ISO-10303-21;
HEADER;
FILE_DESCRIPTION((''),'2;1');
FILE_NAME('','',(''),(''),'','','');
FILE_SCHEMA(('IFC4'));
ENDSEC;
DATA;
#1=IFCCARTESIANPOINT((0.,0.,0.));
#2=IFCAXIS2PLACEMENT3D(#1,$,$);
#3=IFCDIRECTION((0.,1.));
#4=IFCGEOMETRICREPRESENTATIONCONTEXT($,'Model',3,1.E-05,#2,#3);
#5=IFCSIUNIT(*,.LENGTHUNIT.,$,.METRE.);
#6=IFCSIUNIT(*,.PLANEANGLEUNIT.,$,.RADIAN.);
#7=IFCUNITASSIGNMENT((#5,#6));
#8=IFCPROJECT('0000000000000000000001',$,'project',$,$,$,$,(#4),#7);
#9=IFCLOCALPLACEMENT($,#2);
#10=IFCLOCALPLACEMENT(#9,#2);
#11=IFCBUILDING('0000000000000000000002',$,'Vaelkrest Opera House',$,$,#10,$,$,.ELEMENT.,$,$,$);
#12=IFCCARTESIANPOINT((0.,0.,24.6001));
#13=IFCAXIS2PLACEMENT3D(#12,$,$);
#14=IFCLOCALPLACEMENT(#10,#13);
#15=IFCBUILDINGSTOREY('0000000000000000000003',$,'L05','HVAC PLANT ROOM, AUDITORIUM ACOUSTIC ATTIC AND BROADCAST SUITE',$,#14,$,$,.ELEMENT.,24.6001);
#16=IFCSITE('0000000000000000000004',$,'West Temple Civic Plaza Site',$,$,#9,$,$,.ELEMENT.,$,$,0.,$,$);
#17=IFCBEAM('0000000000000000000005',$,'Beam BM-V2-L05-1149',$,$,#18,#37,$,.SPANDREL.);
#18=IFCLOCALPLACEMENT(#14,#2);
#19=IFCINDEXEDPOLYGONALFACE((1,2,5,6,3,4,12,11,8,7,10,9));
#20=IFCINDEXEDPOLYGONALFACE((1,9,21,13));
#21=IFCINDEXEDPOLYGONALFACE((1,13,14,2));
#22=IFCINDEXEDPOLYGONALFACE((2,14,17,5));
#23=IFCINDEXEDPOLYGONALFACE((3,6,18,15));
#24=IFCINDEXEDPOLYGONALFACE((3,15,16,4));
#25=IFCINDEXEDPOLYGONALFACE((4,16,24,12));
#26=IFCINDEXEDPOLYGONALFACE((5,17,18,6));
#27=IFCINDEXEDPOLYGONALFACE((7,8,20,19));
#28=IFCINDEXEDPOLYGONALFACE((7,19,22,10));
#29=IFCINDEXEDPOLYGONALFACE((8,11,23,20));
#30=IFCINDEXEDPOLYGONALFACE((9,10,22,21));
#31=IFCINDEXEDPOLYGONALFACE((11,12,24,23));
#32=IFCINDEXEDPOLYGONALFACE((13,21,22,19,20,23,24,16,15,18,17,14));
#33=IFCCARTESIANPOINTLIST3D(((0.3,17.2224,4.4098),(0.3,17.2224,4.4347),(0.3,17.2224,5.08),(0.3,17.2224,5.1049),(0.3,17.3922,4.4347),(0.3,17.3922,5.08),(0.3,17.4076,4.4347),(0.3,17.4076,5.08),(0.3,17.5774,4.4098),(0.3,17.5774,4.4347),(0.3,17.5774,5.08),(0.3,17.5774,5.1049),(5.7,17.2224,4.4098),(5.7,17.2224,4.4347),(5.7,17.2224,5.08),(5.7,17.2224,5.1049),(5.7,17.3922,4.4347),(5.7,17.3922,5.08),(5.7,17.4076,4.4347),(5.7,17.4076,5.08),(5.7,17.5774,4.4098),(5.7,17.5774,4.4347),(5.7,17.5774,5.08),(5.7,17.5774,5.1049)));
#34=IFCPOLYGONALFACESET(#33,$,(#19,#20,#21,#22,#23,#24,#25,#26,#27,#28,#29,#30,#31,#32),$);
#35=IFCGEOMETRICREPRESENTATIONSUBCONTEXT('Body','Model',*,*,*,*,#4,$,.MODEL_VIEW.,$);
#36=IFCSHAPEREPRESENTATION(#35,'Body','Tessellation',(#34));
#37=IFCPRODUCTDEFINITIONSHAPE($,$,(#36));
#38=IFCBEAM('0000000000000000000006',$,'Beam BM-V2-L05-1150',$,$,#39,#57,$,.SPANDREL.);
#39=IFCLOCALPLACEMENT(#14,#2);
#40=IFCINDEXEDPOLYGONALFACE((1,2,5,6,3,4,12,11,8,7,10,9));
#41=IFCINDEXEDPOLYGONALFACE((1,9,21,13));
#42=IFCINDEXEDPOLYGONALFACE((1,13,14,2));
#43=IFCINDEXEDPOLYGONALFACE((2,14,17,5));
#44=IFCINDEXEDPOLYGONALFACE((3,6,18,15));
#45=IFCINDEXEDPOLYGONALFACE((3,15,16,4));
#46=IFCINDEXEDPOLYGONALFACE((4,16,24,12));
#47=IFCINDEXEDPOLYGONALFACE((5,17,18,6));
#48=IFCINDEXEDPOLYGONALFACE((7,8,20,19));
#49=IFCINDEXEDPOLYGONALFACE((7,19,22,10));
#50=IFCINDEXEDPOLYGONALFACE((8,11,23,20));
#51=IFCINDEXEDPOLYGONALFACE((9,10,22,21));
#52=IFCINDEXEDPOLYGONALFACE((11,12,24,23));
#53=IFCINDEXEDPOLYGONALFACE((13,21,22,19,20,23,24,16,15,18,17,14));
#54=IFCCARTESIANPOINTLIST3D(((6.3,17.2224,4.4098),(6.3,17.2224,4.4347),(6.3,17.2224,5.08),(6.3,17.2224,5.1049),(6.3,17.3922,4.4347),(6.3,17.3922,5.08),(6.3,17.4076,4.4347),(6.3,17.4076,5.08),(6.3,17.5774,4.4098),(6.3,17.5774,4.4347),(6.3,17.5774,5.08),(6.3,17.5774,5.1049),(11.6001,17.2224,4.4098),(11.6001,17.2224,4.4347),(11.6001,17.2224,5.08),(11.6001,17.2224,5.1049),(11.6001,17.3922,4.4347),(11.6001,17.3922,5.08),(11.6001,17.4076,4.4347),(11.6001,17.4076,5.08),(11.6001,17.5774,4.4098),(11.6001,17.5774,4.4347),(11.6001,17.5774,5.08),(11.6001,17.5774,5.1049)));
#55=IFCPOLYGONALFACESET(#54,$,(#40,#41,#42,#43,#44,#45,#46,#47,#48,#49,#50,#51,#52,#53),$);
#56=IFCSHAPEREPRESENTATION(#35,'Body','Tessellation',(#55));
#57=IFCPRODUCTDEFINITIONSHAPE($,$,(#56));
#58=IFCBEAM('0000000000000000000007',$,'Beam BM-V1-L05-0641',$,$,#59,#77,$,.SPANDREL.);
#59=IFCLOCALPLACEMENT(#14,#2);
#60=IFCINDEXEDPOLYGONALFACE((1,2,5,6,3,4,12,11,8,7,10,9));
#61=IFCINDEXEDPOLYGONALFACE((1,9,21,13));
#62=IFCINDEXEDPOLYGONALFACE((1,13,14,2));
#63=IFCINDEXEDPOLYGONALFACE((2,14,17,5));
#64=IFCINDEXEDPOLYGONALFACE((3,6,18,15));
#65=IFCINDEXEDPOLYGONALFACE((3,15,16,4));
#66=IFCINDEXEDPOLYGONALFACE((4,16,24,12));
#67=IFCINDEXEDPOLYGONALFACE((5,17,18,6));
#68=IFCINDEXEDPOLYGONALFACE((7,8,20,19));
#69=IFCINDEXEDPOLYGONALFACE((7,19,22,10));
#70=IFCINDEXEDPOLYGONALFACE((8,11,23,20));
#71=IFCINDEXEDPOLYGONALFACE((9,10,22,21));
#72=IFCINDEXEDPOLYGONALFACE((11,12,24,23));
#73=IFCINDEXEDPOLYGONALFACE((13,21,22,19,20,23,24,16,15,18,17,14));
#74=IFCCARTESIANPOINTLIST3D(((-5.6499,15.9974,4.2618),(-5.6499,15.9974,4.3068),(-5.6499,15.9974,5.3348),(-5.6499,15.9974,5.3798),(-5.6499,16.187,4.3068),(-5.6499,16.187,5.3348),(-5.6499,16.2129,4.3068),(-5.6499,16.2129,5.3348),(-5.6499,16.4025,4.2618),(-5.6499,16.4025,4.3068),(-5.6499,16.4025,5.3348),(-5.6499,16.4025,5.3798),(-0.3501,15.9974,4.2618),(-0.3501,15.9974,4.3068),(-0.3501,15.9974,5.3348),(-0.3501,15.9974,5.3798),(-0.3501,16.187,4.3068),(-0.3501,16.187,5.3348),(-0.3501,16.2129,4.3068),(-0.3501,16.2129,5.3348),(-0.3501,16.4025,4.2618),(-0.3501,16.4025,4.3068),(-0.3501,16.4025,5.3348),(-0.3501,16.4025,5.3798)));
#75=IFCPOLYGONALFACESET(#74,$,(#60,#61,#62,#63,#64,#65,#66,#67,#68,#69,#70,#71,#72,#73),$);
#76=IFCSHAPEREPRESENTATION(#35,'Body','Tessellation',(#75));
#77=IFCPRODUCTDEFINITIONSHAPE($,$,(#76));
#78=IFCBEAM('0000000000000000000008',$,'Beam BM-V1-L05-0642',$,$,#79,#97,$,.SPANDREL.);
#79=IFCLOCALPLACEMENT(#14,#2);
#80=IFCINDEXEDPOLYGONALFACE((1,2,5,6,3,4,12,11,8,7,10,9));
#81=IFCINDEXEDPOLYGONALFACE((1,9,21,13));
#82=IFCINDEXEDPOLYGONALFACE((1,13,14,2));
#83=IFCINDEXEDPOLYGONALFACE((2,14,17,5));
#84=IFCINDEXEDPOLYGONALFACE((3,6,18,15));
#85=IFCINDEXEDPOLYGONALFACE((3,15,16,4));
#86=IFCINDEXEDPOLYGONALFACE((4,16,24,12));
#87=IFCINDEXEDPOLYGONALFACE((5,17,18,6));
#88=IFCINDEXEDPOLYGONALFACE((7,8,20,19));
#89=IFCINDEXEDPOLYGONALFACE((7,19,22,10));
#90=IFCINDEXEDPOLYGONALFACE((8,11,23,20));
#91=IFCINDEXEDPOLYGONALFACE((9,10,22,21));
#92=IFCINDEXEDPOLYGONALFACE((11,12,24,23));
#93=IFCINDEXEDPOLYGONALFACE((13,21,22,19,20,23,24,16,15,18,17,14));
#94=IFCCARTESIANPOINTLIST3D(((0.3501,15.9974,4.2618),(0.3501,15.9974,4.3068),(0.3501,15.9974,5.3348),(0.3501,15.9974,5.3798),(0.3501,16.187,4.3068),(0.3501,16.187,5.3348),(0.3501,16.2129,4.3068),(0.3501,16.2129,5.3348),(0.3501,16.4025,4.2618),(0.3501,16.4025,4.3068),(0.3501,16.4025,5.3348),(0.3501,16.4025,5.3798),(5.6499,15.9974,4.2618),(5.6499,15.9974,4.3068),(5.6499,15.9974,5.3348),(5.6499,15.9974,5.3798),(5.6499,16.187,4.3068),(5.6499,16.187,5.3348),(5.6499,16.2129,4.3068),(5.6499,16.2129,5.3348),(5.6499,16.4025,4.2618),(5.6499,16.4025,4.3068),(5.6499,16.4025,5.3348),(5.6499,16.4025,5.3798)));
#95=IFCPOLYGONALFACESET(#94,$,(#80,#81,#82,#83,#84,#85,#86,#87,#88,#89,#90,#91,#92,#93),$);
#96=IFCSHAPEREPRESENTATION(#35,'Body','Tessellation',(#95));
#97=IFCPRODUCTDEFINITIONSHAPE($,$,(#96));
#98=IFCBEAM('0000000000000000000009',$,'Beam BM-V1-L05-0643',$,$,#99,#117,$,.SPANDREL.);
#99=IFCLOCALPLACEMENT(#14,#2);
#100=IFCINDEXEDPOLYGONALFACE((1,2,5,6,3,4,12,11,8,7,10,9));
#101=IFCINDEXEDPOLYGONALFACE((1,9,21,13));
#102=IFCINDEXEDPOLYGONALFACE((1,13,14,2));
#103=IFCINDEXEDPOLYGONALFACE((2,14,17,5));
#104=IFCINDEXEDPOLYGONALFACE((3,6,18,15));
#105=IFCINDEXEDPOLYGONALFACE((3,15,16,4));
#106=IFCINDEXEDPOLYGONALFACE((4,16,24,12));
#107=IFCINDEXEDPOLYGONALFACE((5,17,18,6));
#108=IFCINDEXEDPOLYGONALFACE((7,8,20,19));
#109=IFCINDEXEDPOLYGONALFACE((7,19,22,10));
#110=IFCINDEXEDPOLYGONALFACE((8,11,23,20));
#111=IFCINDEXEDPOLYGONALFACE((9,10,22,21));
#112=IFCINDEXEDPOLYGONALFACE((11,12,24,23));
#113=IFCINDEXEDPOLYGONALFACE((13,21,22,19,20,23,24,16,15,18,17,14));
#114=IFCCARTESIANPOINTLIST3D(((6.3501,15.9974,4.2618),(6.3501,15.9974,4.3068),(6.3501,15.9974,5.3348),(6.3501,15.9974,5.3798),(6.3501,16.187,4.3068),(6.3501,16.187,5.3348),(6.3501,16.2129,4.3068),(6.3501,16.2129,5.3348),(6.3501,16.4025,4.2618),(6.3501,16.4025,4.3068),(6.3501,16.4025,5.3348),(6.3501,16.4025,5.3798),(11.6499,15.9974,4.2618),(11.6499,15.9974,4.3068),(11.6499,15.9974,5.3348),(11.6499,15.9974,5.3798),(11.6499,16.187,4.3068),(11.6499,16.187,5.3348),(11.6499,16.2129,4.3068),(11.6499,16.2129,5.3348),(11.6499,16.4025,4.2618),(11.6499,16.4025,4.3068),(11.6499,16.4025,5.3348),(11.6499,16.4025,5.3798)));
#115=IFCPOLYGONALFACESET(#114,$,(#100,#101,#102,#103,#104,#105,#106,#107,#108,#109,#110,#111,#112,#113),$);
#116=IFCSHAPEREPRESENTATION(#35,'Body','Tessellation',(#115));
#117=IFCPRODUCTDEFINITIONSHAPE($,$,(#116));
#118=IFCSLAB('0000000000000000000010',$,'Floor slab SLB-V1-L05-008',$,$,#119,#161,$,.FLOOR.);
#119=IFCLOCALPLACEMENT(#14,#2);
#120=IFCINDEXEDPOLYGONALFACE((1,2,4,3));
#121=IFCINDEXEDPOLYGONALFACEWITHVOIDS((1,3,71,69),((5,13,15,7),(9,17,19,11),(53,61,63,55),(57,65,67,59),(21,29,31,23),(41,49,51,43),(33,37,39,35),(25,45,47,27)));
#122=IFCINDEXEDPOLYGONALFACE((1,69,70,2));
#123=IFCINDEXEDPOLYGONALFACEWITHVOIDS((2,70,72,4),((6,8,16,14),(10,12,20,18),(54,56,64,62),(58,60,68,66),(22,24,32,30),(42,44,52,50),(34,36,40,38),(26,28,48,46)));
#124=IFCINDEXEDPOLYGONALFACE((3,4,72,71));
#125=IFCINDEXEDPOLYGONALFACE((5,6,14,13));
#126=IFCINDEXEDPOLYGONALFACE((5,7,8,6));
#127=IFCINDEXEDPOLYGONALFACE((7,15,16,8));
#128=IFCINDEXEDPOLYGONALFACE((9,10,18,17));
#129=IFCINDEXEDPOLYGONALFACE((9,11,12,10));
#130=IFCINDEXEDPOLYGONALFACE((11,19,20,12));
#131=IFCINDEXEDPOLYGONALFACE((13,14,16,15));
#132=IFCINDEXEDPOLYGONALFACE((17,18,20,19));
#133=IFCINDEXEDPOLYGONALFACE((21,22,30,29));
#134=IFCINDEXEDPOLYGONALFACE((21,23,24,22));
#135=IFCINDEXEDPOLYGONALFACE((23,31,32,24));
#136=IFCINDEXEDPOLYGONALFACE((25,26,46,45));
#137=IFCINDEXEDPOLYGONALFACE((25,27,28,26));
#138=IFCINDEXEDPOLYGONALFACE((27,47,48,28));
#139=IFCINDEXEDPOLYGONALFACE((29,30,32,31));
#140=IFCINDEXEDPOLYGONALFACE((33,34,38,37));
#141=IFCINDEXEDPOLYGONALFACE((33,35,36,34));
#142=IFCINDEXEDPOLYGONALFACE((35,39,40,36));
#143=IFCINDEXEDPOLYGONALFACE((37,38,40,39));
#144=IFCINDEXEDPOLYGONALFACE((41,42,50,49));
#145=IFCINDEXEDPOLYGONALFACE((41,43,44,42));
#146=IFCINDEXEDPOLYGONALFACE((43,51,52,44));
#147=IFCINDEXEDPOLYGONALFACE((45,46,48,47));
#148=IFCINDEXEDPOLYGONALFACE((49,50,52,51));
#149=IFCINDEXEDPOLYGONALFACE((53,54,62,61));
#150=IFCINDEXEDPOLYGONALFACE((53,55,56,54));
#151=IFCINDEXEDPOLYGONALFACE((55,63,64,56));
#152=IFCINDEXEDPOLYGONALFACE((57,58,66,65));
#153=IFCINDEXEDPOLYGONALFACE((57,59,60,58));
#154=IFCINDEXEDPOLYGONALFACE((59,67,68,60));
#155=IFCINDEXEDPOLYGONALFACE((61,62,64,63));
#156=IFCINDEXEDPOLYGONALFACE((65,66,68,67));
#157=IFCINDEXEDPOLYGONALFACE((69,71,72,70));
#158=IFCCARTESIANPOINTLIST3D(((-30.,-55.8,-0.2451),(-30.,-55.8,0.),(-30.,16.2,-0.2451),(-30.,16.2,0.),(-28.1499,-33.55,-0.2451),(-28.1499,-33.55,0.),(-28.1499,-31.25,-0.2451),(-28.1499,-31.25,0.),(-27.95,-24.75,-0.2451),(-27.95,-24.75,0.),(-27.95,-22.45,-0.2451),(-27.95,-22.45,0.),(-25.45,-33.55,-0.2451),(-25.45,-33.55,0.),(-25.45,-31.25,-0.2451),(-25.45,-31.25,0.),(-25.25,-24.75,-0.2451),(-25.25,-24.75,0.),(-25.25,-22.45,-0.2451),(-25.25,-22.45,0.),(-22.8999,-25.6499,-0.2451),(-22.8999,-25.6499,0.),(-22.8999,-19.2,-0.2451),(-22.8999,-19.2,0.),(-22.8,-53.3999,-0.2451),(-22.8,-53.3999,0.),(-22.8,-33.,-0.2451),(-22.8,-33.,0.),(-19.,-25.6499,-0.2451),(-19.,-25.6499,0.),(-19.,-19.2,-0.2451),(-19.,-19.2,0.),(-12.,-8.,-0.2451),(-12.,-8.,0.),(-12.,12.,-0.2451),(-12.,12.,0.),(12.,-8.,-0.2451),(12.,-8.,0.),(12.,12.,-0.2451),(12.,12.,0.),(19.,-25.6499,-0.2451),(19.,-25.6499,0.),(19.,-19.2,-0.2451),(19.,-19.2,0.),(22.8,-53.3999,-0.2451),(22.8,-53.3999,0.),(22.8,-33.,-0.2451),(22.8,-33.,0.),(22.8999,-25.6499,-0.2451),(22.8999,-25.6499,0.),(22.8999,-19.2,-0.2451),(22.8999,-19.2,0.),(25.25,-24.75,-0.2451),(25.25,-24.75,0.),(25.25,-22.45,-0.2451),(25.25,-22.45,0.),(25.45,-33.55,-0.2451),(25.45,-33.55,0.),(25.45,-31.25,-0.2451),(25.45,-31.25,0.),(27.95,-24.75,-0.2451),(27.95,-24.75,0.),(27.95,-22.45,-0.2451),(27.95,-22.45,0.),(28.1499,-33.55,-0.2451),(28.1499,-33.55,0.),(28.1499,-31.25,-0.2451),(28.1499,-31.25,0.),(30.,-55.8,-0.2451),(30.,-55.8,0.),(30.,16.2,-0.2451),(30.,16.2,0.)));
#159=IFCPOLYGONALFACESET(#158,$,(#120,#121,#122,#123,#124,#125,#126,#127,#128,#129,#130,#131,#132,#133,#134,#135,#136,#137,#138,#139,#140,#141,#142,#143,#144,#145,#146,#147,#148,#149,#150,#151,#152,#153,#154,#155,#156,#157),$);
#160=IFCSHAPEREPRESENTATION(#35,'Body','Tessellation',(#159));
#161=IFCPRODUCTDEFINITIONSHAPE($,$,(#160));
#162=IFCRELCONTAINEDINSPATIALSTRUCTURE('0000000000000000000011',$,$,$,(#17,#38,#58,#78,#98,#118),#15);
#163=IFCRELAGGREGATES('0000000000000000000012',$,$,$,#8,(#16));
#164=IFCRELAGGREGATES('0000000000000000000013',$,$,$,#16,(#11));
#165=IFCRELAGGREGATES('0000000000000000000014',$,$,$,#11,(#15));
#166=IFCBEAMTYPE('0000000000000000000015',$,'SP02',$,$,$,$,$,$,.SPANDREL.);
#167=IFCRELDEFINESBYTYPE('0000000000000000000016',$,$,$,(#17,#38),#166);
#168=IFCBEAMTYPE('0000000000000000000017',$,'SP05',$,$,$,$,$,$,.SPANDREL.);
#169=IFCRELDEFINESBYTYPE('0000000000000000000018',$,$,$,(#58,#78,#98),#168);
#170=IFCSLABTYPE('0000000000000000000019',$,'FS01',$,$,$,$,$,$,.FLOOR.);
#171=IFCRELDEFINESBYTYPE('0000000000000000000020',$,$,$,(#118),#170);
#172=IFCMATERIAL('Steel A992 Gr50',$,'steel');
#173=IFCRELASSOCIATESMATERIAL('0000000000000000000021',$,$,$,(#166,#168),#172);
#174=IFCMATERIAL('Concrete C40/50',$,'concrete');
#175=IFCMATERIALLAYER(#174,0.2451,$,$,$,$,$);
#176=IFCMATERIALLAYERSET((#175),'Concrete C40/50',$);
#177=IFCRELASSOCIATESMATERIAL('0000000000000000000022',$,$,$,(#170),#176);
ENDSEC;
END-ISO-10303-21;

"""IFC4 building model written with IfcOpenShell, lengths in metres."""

from ifc_helpers import new_model, si_unit, direction, frame, origin, origin_2d, place, context, subcontext, project, spatial, polyline, i_section, outline, extrude, material, layer, layer_set, material_profile, profile_set, type_object, element, save


model = new_model("IFC4")

# Units and contexts
model_context = context("Model", 3, precision=1e-05, world=origin(), true_north=direction((0.0, 1.0)))
body_context = subcontext(model_context, "Body", "Model", "MODEL_VIEW")
ifc_project = project(units=[si_unit("LENGTHUNIT", "METRE"), si_unit("PLANEANGLEUNIT", "RADIAN")], contexts=[model_context])

# Site, building, storey
site_placement = place(None, origin())
site = spatial("IfcSite", under=ifc_project, at=site_placement, Name="West Temple Civic Plaza Site", CompositionType="ELEMENT", RefElevation=0.0)
building_placement = place(site_placement, origin())
building = spatial("IfcBuilding", under=site, at=building_placement, Name="Vaelkrest Opera House", CompositionType="ELEMENT")
storey_placement = place(building_placement, frame((0.0, 0.0, 24.6001)))
storey = spatial("IfcBuildingStorey", under=building, at=storey_placement, Name="L05", Description="HVAC PLANT ROOM, AUDITORIUM ACOUSTIC ATTIC AND BROADCAST SUITE", CompositionType="ELEMENT", Elevation=24.6001)

# Beams
ifc_material_1 = material(Name="Steel A992 Gr50", Category="steel")
ifc_material_profile_1 = material_profile(ifc_material_1, i_section(OverallWidth=0.355, OverallDepth=0.6951, WebThickness=0.0154, FlangeThickness=0.0249, at=origin_2d()), Name="W27X146")
ifc_profile_set_1 = profile_set([ifc_material_profile_1], Name="Steel A992 Gr50")
beam_type_1 = type_object("IfcBeamType", Name="SP02", PredefinedType="SPANDREL", material=ifc_profile_set_1)
for number, where, z_axis, x_axis, name in (
    (1, (0.3, 17.3999, 4.7573), (1.0, 0.0, 0.0), (0.0, 1.0, 0.0), "Beam BM-V2-L05-1149"),
):
    element("IfcBeam", number, at=place(storey_placement, frame(where, z_axis=z_axis, x_axis=x_axis)), inside=storey, type_object=beam_type_1, Name=name, PredefinedType="SPANDREL", context=body_context, shape_type="SweptSolid", body=[
        extrude(i_section(OverallWidth=0.355, OverallDepth=0.6951, WebThickness=0.0154, FlangeThickness=0.0249, at=origin_2d()), origin(), (0.0, 0.0, 1.0), 5.3999),
    ])
beam_1_placement = place(storey_placement, frame((6.3, 17.3999, 4.7573), z_axis=(1.0, 0.0, 0.0), x_axis=(0.0, 1.0, 0.0)))
element("IfcBeam", 2, at=beam_1_placement, inside=storey, type_object=beam_type_1, Name="Beam BM-V2-L05-1150", PredefinedType="SPANDREL", context=body_context, shape_type="SweptSolid", body=[
    extrude(i_section(OverallWidth=0.355, OverallDepth=0.6951, WebThickness=0.0154, FlangeThickness=0.0249, at=origin_2d()), origin(), (0.0, 0.0, 1.0), 5.3),
])
ifc_material_profile_2 = material_profile(ifc_material_1, i_section(OverallWidth=0.405, OverallDepth=1.1179, WebThickness=0.0259, FlangeThickness=0.0449, at=origin_2d()), Name="W44X335")
ifc_profile_set_2 = profile_set([ifc_material_profile_2], Name="Steel A992 Gr50")
beam_type_2 = type_object("IfcBeamType", Name="SP05", PredefinedType="SPANDREL", material=ifc_profile_set_2)
for number, where, z_axis, x_axis, name in (
    (3, (-5.6499, 16.2, 4.8208), (1.0, 0.0, 0.0), (0.0, 1.0, 0.0), "Beam BM-V1-L05-0641"),
    (4, (0.3501, 16.2, 4.8208), (1.0, 0.0, 0.0), (0.0, 1.0, 0.0), "Beam BM-V1-L05-0642"),
    (5, (6.3501, 16.2, 4.8208), (1.0, 0.0, 0.0), (0.0, 1.0, 0.0), "Beam BM-V1-L05-0643"),
):
    element("IfcBeam", number, at=place(storey_placement, frame(where, z_axis=z_axis, x_axis=x_axis)), inside=storey, type_object=beam_type_2, Name=name, PredefinedType="SPANDREL", context=body_context, shape_type="SweptSolid", body=[
        extrude(i_section(OverallWidth=0.405, OverallDepth=1.1179, WebThickness=0.0259, FlangeThickness=0.0449, at=origin_2d()), origin(), (0.0, 0.0, 1.0), 5.2998),
    ])

# Slab
ifc_material_2 = material(Name="Concrete C40/50", Category="concrete")
ifc_layer_1 = layer(ifc_material_2, 0.2451)
ifc_layer_set_1 = layer_set([ifc_layer_1], Name="Concrete C40/50")
slab_type_1 = type_object("IfcSlabType", Name="FS01", PredefinedType="FLOOR", material=ifc_layer_set_1)
slab_1_placement = place(storey_placement, frame((0.0, 0.0, -0.2451)))
element("IfcSlab", 6, at=slab_1_placement, inside=storey, type_object=slab_type_1, Name="Floor slab SLB-V1-L05-008", PredefinedType="FLOOR", context=body_context, shape_type="SweptSolid", body=[
    extrude(outline(polyline([(-30.0, -55.8), (30.0, -55.8), (30.0, 16.2), (-30.0, 16.2), (-30.0, -55.8)]), holes=[polyline([(-12.0, -8.0), (12.0, -8.0), (12.0, 12.0), (-12.0, 12.0), (-12.0, -8.0)]), polyline([(-22.8, -53.3999), (22.8, -53.3999), (22.8, -33.0), (-22.8, -33.0), (-22.8, -53.3999)]), polyline([(-19.0, -25.6499), (-19.0, -19.2), (-22.8999, -19.2), (-22.8999, -25.6499), (-19.0, -25.6499)]), polyline([(22.8999, -25.6499), (22.8999, -19.2), (19.0, -19.2), (19.0, -25.6499), (22.8999, -25.6499)]), polyline([(-27.95, -24.75), (-25.25, -24.75), (-25.25, -22.45), (-27.95, -22.45), (-27.95, -24.75)]), polyline([(25.25, -24.75), (27.95, -24.75), (27.95, -22.45), (25.25, -22.45), (25.25, -24.75)]), polyline([(-28.1499, -33.55), (-25.45, -33.55), (-25.45, -31.25), (-28.1499, -31.25), (-28.1499, -33.55)]), polyline([(25.45, -33.55), (28.1499, -33.55), (28.1499, -31.25), (25.45, -31.25), (25.45, -33.55)])]), origin(), (0.0, 0.0, 1.0), 0.2451),
])

save(model, "model.ifc")
